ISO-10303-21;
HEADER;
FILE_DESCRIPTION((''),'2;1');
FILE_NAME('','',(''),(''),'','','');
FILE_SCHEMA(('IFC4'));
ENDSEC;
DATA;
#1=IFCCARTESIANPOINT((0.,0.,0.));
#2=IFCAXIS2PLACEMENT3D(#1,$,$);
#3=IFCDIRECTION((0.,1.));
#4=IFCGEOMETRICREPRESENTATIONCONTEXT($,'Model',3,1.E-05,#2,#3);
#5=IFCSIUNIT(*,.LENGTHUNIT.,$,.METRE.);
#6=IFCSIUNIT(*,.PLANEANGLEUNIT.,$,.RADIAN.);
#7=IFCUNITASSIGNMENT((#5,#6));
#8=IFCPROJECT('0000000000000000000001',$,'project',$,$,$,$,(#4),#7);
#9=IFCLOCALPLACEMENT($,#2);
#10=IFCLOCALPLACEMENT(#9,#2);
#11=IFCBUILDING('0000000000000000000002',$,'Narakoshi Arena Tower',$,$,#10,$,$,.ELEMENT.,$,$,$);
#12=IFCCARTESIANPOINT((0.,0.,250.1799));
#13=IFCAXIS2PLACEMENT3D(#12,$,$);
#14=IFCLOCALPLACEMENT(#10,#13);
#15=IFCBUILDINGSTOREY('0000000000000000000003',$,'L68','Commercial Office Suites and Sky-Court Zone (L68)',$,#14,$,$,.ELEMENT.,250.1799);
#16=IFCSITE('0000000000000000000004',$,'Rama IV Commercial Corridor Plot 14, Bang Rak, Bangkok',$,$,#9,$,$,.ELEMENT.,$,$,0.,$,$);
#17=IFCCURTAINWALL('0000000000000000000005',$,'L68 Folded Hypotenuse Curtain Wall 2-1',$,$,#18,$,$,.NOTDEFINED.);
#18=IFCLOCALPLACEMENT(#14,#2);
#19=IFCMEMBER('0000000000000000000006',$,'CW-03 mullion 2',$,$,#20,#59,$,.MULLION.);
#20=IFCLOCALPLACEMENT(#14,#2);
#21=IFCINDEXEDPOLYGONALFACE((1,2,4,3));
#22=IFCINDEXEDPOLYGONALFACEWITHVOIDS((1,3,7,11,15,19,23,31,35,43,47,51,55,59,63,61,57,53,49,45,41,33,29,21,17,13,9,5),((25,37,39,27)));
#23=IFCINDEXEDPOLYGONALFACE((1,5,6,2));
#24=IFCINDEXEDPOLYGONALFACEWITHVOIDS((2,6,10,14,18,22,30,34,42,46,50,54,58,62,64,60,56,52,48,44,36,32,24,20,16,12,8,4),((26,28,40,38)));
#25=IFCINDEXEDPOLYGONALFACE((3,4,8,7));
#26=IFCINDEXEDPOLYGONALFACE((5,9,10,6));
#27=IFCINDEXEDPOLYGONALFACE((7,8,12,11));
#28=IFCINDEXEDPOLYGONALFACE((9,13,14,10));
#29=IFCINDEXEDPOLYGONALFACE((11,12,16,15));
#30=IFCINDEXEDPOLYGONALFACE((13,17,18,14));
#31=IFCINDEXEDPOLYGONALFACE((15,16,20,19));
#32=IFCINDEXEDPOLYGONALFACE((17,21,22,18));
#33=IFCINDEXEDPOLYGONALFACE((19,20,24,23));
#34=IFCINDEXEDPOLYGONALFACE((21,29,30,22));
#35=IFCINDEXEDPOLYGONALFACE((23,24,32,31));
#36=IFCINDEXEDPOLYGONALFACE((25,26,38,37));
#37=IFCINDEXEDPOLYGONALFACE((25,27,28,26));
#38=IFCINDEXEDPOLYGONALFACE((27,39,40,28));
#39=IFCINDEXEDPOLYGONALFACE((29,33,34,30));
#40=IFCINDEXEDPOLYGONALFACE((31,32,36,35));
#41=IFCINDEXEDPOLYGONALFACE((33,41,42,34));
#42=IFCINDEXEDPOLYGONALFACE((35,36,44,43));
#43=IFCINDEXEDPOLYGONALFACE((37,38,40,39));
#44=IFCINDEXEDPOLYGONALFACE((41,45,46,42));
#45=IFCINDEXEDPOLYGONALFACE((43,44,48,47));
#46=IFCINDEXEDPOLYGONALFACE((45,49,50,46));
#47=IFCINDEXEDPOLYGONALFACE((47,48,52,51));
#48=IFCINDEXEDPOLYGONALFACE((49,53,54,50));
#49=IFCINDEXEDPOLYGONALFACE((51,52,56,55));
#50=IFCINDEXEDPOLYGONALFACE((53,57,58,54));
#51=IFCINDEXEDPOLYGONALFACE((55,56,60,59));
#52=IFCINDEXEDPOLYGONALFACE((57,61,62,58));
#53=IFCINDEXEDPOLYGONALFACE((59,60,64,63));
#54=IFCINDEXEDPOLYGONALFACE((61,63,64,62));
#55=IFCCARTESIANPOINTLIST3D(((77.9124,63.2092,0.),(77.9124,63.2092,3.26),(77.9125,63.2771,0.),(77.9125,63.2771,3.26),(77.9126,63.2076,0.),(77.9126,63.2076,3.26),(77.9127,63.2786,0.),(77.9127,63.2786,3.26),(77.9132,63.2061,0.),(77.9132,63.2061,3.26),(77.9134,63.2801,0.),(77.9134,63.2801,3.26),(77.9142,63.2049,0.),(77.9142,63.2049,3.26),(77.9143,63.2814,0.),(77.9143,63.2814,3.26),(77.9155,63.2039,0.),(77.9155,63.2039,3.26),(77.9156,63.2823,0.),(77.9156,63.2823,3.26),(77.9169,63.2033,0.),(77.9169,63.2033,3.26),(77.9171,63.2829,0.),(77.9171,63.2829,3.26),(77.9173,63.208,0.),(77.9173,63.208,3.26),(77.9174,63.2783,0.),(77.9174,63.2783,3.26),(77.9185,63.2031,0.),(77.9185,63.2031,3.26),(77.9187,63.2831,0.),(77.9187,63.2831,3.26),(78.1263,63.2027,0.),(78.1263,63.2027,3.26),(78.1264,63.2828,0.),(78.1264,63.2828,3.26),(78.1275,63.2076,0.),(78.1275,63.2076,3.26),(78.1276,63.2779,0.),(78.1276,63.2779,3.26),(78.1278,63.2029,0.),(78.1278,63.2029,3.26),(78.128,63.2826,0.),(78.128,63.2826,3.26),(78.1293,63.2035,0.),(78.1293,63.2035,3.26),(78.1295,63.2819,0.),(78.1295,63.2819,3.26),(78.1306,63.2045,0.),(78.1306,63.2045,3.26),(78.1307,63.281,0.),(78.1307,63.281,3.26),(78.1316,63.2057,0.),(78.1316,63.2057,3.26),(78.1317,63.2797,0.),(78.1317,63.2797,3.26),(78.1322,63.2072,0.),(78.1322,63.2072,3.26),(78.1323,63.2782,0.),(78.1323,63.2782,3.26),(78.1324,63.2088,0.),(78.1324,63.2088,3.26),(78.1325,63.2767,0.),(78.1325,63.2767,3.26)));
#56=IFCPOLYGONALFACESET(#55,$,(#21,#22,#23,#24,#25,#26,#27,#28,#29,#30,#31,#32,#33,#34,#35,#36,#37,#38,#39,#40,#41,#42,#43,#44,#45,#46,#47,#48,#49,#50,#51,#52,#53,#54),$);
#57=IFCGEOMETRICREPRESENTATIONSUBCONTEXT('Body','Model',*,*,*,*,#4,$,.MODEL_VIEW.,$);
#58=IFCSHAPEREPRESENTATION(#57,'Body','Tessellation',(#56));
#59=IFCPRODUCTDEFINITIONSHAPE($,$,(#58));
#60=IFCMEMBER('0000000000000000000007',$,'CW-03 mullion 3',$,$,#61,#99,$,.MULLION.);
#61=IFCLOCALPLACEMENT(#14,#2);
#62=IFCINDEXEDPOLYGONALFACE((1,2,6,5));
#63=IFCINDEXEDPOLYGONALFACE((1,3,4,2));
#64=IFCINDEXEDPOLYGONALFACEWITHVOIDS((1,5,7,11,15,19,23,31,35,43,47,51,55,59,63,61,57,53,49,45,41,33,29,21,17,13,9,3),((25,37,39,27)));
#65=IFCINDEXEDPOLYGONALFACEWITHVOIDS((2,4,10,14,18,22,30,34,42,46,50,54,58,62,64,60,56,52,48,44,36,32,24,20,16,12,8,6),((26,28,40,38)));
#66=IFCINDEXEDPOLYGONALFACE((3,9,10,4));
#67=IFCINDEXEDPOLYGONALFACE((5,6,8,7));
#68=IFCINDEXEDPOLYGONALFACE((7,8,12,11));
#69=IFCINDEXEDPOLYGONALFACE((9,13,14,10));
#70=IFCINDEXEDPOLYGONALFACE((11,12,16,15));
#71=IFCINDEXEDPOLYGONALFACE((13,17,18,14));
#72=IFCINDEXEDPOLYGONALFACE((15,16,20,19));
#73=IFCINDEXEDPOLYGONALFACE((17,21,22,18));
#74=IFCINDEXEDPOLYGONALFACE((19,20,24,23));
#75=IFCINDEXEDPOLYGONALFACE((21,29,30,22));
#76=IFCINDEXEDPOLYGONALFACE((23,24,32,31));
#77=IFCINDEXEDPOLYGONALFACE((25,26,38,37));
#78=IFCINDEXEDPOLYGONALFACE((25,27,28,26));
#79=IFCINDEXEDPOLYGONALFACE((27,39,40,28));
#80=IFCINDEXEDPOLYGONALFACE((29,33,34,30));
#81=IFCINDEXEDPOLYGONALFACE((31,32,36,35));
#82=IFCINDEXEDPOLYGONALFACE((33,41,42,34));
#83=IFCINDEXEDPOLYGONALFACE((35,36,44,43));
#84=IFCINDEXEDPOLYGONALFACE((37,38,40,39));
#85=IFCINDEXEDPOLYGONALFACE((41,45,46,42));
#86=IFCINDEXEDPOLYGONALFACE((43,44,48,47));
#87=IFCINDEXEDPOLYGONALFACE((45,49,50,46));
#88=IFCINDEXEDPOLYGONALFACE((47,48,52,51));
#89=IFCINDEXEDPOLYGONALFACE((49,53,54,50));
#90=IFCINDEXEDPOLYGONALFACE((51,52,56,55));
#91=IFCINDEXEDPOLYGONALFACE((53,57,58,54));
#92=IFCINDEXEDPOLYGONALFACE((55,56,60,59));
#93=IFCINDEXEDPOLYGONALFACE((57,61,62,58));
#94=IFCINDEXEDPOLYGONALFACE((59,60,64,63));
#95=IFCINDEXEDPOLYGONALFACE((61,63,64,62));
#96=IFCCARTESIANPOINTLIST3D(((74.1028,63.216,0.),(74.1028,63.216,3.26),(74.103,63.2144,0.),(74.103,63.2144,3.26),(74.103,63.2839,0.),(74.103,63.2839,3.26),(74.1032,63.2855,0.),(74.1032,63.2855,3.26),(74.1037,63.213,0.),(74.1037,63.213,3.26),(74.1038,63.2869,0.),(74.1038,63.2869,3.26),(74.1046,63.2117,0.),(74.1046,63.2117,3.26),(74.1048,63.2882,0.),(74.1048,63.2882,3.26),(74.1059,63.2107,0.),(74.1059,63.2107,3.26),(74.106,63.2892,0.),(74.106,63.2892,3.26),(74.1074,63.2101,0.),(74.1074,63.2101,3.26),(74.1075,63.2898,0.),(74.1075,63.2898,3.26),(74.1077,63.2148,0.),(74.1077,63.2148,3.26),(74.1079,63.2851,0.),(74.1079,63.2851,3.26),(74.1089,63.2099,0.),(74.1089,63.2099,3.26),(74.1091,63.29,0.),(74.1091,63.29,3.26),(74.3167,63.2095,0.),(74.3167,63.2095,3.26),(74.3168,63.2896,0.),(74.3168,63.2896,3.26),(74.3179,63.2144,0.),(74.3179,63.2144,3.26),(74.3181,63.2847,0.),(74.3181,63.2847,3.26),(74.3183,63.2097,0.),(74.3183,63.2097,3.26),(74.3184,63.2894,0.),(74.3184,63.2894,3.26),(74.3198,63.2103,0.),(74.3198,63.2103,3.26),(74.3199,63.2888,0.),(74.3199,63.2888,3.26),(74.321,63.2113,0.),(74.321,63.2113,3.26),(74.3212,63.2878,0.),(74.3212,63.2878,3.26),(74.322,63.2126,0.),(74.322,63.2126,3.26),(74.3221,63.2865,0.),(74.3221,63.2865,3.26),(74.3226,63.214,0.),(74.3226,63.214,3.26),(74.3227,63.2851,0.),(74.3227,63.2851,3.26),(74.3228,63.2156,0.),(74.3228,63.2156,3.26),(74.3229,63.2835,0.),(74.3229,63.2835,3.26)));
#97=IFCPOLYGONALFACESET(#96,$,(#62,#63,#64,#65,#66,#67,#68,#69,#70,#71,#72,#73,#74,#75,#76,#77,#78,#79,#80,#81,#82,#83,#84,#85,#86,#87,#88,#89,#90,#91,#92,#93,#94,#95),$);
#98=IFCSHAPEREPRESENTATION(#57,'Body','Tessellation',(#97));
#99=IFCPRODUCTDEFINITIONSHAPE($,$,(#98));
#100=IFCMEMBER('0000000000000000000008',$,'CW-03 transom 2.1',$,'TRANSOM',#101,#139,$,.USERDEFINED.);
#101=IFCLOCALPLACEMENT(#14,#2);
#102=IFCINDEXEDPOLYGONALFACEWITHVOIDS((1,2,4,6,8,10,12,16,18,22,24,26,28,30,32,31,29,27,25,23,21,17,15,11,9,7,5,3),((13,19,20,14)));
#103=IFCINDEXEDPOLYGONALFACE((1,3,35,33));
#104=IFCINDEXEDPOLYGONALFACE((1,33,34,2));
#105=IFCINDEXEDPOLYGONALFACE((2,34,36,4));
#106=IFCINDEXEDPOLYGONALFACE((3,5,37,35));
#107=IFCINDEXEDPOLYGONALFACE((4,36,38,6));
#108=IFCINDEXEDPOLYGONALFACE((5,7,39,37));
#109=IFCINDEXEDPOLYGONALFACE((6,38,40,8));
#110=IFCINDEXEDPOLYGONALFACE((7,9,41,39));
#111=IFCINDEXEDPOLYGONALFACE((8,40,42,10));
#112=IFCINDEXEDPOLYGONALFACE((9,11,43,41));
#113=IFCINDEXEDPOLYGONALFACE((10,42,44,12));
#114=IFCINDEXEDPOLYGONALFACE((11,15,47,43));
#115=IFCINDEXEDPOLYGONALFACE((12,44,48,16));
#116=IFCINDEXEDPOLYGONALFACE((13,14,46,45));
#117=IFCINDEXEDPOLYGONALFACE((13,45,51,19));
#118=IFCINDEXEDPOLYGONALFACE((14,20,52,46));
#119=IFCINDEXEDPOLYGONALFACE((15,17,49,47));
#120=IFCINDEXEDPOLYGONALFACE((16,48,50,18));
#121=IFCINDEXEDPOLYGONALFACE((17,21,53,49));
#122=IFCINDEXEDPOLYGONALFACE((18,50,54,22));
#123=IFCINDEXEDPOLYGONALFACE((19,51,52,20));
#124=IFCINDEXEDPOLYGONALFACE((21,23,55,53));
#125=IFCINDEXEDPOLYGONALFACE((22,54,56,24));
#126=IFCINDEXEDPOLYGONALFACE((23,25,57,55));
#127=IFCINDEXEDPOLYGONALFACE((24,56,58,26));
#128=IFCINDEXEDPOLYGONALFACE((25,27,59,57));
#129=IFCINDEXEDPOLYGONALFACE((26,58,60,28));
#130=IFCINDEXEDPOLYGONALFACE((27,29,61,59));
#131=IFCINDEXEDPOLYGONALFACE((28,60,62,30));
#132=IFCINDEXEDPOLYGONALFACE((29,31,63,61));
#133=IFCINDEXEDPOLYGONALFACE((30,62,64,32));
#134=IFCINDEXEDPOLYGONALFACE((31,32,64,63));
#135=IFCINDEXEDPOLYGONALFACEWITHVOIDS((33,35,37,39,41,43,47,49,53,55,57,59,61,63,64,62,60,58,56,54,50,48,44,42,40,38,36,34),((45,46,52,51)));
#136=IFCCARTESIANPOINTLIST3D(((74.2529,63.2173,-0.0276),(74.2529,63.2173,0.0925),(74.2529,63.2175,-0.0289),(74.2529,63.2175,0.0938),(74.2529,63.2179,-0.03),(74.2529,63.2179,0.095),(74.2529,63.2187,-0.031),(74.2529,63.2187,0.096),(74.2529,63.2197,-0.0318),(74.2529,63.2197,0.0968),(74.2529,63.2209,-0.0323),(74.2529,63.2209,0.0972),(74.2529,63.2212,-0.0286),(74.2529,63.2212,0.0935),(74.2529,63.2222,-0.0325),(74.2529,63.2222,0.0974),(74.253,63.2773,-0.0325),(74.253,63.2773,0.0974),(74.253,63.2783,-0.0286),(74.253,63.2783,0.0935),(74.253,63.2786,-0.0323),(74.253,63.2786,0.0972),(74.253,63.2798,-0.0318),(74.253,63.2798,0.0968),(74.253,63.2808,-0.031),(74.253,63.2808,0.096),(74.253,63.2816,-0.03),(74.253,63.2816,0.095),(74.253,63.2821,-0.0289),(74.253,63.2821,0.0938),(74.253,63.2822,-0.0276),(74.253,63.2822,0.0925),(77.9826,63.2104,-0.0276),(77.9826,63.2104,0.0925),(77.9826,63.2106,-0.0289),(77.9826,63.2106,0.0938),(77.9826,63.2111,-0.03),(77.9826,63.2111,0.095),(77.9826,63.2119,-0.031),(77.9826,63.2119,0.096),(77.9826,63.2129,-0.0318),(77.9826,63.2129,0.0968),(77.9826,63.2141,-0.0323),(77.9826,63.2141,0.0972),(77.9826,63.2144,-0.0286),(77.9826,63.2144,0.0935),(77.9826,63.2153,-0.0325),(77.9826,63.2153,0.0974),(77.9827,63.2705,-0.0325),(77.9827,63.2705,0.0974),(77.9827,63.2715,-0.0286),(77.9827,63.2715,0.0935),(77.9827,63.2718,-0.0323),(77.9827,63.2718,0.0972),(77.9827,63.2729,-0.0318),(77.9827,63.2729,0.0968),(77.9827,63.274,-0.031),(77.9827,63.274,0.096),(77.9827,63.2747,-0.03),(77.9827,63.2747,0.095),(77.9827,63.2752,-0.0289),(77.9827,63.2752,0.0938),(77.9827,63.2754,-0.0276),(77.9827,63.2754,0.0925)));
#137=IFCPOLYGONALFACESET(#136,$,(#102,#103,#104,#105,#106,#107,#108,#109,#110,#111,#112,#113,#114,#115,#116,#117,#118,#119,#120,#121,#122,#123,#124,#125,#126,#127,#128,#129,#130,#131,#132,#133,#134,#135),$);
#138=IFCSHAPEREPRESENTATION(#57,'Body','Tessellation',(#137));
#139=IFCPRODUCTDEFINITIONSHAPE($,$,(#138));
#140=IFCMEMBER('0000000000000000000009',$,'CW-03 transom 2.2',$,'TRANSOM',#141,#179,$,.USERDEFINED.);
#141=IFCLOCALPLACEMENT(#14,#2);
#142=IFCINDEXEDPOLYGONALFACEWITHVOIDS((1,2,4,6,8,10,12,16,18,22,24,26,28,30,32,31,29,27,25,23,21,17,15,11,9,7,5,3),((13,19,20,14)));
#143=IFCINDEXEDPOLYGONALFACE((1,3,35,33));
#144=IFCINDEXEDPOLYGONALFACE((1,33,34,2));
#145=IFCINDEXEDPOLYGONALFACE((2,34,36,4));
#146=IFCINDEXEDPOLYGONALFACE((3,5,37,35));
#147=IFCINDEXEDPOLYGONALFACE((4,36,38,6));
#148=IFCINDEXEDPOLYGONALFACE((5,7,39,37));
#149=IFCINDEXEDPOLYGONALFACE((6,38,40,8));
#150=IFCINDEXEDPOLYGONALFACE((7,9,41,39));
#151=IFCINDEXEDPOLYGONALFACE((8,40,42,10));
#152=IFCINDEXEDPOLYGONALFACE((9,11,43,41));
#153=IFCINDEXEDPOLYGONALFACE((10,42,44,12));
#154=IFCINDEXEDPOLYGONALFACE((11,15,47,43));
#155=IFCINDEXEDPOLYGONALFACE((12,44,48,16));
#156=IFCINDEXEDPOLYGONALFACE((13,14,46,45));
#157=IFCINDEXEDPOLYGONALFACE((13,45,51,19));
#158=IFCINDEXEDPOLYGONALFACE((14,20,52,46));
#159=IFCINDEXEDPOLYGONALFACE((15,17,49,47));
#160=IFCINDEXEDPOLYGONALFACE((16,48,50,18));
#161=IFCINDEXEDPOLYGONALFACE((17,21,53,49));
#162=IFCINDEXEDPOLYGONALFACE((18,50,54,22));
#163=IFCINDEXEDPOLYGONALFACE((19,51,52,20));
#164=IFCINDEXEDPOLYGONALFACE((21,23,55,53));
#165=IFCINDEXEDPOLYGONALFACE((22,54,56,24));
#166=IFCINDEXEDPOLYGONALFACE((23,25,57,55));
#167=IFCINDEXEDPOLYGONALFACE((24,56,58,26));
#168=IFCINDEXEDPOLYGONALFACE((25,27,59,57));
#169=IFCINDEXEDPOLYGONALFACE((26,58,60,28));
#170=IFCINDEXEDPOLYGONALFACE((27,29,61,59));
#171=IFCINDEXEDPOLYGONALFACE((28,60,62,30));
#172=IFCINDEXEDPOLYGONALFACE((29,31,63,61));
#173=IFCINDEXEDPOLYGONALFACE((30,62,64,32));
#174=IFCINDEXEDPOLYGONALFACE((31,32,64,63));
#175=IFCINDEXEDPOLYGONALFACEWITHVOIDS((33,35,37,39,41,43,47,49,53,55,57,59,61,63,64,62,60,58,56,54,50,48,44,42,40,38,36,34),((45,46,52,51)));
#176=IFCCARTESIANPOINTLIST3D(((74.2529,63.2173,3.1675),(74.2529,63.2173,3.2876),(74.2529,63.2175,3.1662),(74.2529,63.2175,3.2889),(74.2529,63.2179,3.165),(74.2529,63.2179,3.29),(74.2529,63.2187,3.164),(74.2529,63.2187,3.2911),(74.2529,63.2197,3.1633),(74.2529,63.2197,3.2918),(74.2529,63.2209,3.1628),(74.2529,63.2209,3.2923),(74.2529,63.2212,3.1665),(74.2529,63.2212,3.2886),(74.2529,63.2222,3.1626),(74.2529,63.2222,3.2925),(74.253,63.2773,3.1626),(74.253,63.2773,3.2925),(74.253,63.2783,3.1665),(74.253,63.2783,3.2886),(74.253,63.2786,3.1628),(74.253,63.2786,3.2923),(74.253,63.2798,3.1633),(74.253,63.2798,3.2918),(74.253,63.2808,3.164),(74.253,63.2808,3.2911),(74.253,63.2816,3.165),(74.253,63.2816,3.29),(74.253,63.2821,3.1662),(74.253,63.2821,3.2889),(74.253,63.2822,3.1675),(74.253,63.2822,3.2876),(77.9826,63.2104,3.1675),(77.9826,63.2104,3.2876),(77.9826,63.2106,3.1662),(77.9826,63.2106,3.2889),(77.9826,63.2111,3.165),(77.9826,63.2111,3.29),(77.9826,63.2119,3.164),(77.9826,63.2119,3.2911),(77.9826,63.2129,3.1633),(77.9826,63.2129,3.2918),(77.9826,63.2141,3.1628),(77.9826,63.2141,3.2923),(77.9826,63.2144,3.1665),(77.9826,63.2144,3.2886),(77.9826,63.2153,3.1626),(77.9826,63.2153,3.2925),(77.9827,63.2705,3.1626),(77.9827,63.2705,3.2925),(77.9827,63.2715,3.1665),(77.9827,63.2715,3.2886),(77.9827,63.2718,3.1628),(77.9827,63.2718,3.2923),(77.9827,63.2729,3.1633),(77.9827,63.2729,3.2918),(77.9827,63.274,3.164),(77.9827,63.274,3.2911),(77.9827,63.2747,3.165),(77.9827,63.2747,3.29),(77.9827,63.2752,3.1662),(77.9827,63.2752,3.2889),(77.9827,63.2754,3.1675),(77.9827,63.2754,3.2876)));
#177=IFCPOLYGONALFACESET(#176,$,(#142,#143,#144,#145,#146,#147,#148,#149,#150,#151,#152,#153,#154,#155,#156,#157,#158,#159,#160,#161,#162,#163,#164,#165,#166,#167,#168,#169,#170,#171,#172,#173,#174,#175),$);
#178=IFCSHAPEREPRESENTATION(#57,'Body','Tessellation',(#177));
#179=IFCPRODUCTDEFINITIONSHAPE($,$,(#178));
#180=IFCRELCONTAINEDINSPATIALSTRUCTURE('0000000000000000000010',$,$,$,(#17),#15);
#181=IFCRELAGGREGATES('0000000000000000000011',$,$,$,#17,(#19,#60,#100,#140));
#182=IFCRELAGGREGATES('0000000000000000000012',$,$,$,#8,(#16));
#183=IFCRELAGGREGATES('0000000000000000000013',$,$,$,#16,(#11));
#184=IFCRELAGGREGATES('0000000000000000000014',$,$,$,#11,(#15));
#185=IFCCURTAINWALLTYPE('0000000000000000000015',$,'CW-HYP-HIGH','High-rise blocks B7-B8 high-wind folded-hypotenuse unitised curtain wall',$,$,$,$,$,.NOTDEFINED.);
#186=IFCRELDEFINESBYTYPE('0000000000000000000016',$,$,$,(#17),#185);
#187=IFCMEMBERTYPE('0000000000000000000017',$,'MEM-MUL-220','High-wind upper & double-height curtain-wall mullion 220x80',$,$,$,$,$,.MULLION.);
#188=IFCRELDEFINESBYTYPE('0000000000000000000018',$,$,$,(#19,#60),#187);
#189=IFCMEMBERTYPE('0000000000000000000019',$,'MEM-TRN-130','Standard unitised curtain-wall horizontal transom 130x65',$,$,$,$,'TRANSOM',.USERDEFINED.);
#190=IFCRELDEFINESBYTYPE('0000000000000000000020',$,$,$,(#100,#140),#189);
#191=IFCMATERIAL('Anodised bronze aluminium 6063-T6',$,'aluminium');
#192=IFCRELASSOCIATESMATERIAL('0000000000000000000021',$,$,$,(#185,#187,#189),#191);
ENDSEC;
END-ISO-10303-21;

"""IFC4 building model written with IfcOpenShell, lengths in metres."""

from ifc_helpers import new_model, si_unit, direction, frame, origin, origin_2d, place, context, subcontext, project, spatial, hollow_rectangle, extrude, material, material_profile, profile_set, type_object, element, aggregate, save


model = new_model("IFC4")

# Units and contexts
model_context = context("Model", 3, precision=1e-05, world=origin(), true_north=direction((0.0, 1.0)))
body_context = subcontext(model_context, "Body", "Model", "MODEL_VIEW")
ifc_project = project(units=[si_unit("LENGTHUNIT", "METRE"), si_unit("PLANEANGLEUNIT", "RADIAN")], contexts=[model_context])

# Site, building, storey
site_placement = place(None, origin())
site = spatial("IfcSite", under=ifc_project, at=site_placement, Name="Rama IV Commercial Corridor Plot 14, Bang Rak, Bangkok", CompositionType="ELEMENT", RefElevation=0.0)
building_placement = place(site_placement, origin())
building = spatial("IfcBuilding", under=site, at=building_placement, Name="Narakoshi Arena Tower", CompositionType="ELEMENT")
storey_placement = place(building_placement, frame((0.0, 0.0, 250.1799)))
storey = spatial("IfcBuildingStorey", under=building, at=storey_placement, Name="L68", Description="Commercial Office Suites and Sky-Court Zone (L68)", CompositionType="ELEMENT", Elevation=250.1799)

# Curtain wall, members
ifc_material_1 = material(Name="Anodised bronze aluminium 6063-T6", Category="aluminium")
curtain_wall_type = type_object("IfcCurtainWallType", Name="CW-HYP-HIGH", Description="High-rise blocks B7-B8 high-wind folded-hypotenuse unitised curtain wall", PredefinedType="NOTDEFINED", material=ifc_material_1)
curtain_wall_placement = place(storey_placement, origin())
curtain_wall = element("IfcCurtainWall", 1, at=curtain_wall_placement, inside=storey, type_object=curtain_wall_type, Name="L68 Folded Hypotenuse Curtain Wall 2-1", PredefinedType="NOTDEFINED")
ifc_material_profile_1 = material_profile(ifc_material_1, hollow_rectangle(XDim=0.0801, YDim=0.22, WallThickness=0.0049, OuterFilletRadius=0.0061, at=origin_2d()), Name="MUL220x80x5")
ifc_profile_set_1 = profile_set([ifc_material_profile_1], Name="Anodised bronze aluminium 6063-T6")
member_type_1 = type_object("IfcMemberType", Name="MEM-MUL-220", Description="High-wind upper & double-height curtain-wall mullion 220x80", PredefinedType="MULLION", material=ifc_profile_set_1)
member_1_placement = place(storey_placement, frame((78.0225, 63.2429, 0.0), z_axis=(0.0, 0.0, 1.0), x_axis=(-0.00182, -0.999998, 0.0)))
member_1 = element("IfcMember", 2, at=member_1_placement, type_object=member_type_1, Name="CW-03 mullion 2", PredefinedType="MULLION", context=body_context, shape_type="SweptSolid", body=[
    extrude(hollow_rectangle(XDim=0.0801, YDim=0.22, WallThickness=0.0049, OuterFilletRadius=0.0061, at=origin_2d()), origin(), (0.0, 0.0, 1.0), 3.26),
])
member_2_placement = place(storey_placement, frame((74.2129, 63.2498, 0.0), z_axis=(0.0, 0.0, 1.0), x_axis=(-0.00182, -0.999998, 0.0)))
member_2 = element("IfcMember", 3, at=member_2_placement, type_object=member_type_1, Name="CW-03 mullion 3", PredefinedType="MULLION", context=body_context, shape_type="SweptSolid", body=[
    extrude(hollow_rectangle(XDim=0.0801, YDim=0.22, WallThickness=0.0049, OuterFilletRadius=0.0061, at=origin_2d()), origin(), (0.0, 0.0, 1.0), 3.26),
])
ifc_material_profile_2 = material_profile(ifc_material_1, hollow_rectangle(XDim=0.0649, YDim=0.1299, WallThickness=0.0039, OuterFilletRadius=0.0049, at=origin_2d()), Name="TRN130x65x4")
ifc_profile_set_2 = profile_set([ifc_material_profile_2], Name="Anodised bronze aluminium 6063-T6")
member_type_2 = type_object("IfcMemberType", Name="MEM-TRN-130", Description="Standard unitised curtain-wall horizontal transom 130x65", ElementType="TRANSOM", PredefinedType="USERDEFINED", material=ifc_profile_set_2)
member_3_placement = place(storey_placement, frame((77.9827, 63.2429, 0.0325), z_axis=(-0.999998, 0.001833, 0.0), x_axis=(-0.001833, -0.999998, 0.0)))
member_3 = element("IfcMember", 4, at=member_3_placement, type_object=member_type_2, Name="CW-03 transom 2.1", ObjectType="TRANSOM", PredefinedType="USERDEFINED", context=body_context, shape_type="SweptSolid", body=[
    extrude(hollow_rectangle(XDim=0.0649, YDim=0.1299, WallThickness=0.0039, OuterFilletRadius=0.0049, at=origin_2d()), origin(), (0.0, 0.0, 1.0), 3.7297),
])
member_4_placement = place(storey_placement, frame((77.9827, 63.2429, 3.2275), z_axis=(-0.999998, 0.001833, 0.0), x_axis=(-0.001833, -0.999998, 0.0)))
member_4 = element("IfcMember", 5, at=member_4_placement, type_object=member_type_2, Name="CW-03 transom 2.2", ObjectType="TRANSOM", PredefinedType="USERDEFINED", context=body_context, shape_type="SweptSolid", body=[
    extrude(hollow_rectangle(XDim=0.0649, YDim=0.1299, WallThickness=0.0039, OuterFilletRadius=0.0049, at=origin_2d()), origin(), (0.0, 0.0, 1.0), 3.7297),
])
aggregate(curtain_wall, [member_1, member_2, member_3, member_4])

save(model, "model.ifc")
